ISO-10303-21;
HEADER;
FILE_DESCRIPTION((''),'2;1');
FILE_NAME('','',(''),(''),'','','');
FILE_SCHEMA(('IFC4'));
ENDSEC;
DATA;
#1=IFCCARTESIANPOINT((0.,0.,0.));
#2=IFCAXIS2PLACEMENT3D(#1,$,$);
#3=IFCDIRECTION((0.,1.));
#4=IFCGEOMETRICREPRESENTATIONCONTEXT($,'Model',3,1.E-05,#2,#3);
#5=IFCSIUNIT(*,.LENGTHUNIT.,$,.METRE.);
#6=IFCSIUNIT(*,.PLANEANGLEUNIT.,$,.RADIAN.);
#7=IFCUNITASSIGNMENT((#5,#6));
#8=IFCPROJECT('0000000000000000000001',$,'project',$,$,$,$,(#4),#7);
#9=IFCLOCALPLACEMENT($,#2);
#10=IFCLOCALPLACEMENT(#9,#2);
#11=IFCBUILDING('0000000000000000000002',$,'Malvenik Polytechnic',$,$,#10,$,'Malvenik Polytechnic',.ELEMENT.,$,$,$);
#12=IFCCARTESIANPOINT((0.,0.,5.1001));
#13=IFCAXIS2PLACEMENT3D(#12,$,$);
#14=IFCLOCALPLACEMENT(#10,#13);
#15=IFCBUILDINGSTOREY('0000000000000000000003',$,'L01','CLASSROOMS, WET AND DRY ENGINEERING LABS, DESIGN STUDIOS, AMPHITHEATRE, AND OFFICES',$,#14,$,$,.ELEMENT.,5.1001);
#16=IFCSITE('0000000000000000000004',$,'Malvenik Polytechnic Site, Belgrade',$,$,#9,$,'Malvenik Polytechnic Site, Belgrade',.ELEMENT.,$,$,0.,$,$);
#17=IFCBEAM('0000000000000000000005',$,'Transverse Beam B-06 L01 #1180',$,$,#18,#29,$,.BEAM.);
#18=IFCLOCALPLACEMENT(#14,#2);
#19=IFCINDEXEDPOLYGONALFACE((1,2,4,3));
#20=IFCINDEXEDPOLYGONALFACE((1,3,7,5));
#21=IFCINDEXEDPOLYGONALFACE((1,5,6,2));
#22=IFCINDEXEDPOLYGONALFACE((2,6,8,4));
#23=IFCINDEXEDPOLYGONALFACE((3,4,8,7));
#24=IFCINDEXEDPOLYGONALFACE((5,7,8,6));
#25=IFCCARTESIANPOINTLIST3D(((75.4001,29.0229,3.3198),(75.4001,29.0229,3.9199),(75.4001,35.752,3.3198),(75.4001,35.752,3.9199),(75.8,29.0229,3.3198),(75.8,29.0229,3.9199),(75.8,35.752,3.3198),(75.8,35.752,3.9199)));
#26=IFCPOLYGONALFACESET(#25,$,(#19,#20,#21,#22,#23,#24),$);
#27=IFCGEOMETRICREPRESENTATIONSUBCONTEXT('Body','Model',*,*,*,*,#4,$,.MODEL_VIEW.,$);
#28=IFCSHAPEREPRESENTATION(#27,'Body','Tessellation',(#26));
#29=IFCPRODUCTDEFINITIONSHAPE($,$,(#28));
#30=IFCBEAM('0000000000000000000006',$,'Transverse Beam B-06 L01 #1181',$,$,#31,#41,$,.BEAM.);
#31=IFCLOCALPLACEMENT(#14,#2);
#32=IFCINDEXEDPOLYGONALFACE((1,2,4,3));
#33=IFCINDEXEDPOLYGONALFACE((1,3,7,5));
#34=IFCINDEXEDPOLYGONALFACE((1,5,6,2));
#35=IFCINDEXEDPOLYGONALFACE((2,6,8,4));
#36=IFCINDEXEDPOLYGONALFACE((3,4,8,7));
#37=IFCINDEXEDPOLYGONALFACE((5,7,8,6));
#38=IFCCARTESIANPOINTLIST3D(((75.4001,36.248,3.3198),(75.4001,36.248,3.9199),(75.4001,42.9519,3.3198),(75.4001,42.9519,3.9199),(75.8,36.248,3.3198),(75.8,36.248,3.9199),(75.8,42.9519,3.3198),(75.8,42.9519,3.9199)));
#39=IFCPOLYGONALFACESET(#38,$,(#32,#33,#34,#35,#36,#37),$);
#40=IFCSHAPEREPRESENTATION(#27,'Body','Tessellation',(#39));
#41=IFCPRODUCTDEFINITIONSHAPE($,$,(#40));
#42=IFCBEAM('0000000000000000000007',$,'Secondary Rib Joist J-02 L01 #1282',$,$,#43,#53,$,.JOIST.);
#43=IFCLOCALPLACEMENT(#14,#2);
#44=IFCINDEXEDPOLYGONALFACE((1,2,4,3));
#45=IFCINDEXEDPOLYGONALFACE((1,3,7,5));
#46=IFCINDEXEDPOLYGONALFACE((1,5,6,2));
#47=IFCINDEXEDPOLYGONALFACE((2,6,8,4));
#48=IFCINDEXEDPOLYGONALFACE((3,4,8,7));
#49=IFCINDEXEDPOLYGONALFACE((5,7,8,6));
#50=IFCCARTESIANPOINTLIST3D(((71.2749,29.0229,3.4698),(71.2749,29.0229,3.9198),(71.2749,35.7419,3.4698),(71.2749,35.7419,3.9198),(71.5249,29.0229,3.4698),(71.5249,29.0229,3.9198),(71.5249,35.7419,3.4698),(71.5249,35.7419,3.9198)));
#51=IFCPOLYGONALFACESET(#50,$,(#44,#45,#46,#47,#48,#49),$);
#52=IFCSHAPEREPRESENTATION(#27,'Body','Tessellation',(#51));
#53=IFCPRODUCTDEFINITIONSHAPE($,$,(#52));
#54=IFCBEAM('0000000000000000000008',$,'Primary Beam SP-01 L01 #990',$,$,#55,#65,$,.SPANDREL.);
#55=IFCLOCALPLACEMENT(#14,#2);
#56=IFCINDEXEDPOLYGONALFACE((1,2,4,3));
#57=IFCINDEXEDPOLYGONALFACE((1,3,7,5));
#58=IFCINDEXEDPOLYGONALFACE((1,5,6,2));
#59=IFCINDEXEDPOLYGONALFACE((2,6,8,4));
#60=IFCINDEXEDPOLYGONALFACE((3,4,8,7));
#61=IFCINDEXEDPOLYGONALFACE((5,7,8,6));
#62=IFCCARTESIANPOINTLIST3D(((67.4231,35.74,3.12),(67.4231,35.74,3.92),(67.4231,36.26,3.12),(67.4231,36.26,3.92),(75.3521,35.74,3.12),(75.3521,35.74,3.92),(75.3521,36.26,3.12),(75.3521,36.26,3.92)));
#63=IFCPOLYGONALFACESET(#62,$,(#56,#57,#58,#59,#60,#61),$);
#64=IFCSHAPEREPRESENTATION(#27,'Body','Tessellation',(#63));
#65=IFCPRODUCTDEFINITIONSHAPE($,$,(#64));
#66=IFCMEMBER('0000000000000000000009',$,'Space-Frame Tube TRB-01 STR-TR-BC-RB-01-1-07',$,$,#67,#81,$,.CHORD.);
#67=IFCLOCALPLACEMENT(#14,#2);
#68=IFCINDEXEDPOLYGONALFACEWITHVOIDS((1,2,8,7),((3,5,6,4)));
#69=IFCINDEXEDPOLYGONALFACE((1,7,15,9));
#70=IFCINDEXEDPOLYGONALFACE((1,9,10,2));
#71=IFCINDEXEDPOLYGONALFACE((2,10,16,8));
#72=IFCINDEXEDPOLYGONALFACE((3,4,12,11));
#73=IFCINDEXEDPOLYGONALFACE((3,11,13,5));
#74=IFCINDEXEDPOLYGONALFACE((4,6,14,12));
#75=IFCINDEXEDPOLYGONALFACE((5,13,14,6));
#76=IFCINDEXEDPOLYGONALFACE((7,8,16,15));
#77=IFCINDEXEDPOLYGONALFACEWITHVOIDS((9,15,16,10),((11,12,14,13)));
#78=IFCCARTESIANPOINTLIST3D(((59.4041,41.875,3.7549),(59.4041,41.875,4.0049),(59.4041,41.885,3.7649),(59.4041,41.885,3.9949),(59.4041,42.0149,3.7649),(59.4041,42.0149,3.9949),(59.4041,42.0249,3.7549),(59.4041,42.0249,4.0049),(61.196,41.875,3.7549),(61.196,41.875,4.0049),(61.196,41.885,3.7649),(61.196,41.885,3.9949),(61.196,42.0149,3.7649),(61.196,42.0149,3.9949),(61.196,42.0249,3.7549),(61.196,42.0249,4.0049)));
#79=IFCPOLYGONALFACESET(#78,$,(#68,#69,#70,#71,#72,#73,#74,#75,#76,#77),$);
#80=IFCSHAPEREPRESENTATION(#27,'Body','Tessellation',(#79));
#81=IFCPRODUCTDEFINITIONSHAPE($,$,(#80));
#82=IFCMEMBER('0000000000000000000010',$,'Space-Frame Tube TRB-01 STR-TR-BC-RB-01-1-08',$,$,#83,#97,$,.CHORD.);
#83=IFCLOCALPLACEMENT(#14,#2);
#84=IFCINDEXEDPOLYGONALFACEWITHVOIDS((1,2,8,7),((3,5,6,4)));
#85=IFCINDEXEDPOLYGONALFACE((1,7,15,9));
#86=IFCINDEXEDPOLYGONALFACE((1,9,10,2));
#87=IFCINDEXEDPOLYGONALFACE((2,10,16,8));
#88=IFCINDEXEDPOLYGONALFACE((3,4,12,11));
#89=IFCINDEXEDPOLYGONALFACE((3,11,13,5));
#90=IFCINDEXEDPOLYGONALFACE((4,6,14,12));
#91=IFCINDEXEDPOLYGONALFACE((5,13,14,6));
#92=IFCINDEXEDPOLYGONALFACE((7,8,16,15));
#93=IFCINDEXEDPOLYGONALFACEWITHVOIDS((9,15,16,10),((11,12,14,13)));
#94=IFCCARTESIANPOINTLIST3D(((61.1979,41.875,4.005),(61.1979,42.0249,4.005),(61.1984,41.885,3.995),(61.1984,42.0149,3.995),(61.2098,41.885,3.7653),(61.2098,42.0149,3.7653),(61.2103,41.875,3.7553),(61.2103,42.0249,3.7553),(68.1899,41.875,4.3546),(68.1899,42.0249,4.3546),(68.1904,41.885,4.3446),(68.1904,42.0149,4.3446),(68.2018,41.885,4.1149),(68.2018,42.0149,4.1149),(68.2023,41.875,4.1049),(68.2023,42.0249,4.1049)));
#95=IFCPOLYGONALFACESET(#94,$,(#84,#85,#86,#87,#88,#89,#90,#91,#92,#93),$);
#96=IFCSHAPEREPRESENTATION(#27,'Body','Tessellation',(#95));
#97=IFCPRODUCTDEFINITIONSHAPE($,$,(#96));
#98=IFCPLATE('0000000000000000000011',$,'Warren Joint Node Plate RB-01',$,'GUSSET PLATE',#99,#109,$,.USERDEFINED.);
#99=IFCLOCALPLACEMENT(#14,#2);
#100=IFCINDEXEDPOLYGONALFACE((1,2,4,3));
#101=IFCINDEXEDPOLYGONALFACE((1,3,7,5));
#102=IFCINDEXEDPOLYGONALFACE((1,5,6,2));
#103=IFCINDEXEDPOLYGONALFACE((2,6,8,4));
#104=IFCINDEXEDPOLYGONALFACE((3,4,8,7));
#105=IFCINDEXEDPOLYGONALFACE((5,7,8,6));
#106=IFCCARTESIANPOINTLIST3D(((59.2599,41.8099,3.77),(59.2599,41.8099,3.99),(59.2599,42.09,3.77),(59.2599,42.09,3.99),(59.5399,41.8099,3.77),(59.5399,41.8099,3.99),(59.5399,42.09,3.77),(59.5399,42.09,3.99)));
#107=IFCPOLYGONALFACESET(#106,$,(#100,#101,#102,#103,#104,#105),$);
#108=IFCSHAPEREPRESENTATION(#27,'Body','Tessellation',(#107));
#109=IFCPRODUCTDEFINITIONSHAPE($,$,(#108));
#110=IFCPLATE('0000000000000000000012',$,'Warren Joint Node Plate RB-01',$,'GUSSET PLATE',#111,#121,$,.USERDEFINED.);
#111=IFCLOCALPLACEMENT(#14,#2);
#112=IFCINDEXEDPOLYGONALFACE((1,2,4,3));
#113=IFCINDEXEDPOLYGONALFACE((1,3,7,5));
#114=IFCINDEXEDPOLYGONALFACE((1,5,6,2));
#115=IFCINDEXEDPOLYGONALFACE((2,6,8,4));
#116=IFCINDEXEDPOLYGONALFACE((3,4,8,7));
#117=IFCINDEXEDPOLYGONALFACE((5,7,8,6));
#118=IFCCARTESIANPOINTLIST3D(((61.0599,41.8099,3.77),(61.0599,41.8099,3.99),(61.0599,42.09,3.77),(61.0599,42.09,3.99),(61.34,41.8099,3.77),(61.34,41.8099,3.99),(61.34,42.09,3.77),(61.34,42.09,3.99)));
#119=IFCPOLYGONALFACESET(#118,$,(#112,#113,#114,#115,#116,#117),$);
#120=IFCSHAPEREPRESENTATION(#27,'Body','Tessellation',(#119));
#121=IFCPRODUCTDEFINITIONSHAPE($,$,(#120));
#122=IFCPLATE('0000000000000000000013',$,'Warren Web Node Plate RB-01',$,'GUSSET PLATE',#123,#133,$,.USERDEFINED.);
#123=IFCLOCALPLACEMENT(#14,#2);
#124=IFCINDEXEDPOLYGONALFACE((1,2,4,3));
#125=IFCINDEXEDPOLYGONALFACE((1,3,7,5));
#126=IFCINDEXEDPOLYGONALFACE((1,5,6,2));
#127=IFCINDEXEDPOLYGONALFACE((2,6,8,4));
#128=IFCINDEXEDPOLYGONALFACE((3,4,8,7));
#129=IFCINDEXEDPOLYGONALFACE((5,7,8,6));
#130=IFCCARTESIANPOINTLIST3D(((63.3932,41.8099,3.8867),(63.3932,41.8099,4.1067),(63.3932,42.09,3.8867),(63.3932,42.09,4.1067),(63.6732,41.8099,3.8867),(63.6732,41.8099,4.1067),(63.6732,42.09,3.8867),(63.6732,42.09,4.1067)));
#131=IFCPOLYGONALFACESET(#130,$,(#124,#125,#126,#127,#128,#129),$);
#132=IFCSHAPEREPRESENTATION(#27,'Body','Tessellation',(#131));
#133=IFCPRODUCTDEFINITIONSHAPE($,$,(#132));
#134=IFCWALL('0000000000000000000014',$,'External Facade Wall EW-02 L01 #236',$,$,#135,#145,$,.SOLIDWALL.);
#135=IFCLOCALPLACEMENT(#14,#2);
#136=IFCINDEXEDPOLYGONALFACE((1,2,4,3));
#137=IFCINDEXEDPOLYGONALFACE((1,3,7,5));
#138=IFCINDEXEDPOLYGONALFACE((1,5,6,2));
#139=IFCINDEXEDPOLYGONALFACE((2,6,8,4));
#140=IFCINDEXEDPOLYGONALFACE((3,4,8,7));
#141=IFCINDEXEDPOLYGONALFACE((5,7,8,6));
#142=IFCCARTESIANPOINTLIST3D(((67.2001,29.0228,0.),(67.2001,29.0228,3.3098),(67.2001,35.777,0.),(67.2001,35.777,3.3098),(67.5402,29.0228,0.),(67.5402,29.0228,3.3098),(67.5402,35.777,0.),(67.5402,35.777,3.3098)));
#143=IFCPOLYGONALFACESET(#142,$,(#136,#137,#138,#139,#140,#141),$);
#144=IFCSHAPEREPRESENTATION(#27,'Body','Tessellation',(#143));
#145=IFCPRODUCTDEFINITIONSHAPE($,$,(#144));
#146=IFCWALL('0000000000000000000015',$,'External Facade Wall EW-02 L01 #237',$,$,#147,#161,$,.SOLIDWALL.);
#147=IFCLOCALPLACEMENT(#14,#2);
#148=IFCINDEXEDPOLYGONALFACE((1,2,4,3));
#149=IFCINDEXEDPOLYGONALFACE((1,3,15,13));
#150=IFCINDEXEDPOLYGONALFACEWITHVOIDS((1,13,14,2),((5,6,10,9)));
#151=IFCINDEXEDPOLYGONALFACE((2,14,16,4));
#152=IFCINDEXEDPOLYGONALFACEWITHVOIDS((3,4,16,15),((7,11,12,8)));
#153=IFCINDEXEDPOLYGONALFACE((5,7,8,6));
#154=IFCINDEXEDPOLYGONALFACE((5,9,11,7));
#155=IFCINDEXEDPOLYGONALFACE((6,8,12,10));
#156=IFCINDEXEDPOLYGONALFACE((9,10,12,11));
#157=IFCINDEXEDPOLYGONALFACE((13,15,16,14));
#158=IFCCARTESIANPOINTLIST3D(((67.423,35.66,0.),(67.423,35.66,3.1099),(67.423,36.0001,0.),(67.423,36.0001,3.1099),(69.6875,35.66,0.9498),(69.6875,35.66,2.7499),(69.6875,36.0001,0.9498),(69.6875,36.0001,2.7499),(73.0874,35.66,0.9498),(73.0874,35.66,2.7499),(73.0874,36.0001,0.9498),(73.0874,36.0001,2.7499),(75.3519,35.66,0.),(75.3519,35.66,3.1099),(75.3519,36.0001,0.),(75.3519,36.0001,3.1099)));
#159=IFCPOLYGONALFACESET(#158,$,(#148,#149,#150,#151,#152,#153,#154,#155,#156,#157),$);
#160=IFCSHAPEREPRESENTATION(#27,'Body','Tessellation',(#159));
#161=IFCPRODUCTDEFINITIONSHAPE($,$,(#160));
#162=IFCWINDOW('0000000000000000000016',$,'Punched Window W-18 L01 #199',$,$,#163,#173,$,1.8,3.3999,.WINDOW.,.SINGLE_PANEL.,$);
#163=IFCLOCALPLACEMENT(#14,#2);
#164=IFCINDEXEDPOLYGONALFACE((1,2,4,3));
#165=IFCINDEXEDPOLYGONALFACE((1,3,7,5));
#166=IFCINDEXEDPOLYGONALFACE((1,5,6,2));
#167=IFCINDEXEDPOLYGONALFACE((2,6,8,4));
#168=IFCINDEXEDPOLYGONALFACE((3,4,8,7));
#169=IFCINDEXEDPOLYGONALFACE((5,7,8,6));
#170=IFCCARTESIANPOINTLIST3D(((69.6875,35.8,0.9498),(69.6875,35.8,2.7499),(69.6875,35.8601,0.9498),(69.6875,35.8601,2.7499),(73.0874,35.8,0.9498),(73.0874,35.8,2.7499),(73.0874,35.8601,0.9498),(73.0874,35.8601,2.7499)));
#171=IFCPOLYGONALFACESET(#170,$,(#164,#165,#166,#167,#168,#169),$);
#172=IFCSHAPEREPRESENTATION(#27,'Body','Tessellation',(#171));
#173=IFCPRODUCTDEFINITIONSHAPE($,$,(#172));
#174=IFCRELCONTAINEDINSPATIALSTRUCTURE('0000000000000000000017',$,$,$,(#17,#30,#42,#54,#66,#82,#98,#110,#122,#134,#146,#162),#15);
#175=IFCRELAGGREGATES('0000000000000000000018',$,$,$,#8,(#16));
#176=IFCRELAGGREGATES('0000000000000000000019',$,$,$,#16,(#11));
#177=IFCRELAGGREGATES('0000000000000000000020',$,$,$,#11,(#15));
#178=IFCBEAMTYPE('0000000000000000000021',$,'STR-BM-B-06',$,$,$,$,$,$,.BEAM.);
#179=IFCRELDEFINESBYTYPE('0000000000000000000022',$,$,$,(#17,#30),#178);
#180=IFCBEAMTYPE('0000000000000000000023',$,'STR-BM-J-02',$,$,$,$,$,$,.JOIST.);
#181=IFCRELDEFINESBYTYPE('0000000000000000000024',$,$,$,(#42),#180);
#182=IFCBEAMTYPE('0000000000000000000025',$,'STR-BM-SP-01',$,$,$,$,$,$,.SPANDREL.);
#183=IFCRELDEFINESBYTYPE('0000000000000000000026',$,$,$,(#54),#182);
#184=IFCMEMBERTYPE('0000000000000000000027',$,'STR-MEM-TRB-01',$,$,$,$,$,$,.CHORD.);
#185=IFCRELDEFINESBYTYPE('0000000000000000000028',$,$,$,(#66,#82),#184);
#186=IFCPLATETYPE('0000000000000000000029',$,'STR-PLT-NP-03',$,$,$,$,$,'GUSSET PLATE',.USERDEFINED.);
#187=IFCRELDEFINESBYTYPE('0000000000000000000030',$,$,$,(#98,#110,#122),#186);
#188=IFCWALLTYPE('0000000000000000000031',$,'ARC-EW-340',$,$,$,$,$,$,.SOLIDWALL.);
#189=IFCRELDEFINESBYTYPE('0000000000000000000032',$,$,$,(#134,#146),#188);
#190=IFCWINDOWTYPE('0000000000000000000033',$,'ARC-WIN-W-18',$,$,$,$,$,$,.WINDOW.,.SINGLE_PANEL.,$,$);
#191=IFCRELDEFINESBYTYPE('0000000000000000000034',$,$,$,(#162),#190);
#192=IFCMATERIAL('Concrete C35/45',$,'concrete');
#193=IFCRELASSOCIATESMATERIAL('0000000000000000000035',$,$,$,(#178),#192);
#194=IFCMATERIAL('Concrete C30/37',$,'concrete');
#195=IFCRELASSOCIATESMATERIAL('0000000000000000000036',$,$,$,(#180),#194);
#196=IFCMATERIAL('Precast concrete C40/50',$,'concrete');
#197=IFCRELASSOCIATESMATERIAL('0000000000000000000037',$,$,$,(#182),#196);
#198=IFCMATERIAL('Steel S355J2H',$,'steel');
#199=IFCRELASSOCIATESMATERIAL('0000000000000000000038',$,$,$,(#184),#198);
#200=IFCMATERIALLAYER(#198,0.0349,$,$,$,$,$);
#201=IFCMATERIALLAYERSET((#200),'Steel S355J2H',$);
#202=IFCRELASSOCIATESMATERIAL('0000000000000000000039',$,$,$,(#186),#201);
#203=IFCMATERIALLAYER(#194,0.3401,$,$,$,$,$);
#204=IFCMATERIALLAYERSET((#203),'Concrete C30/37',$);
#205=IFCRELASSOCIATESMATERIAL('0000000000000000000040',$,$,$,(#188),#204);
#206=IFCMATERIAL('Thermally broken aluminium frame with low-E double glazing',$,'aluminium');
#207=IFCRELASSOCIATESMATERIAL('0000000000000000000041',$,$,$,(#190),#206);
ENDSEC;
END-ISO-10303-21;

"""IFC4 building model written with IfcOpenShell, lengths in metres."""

from ifc_helpers import new_model, si_unit, direction, frame, frame_2d, origin, origin_2d, place, context, subcontext, project, spatial, rectangle, hollow_rectangle, extrude, material, layer, layer_set, material_profile, profile_set, type_object, element, fill, save


model = new_model("IFC4")

# Units and contexts
model_context = context("Model", 3, precision=1e-05, world=origin(), true_north=direction((0.0, 1.0)))
body_context = subcontext(model_context, "Body", "Model", "MODEL_VIEW")
ifc_project = project(units=[si_unit("LENGTHUNIT", "METRE"), si_unit("PLANEANGLEUNIT", "RADIAN")], contexts=[model_context])

# Site, building, storey
site_placement = place(None, origin())
site = spatial("IfcSite", under=ifc_project, at=site_placement, Name="Malvenik Polytechnic Site, Belgrade", LongName="Malvenik Polytechnic Site, Belgrade", CompositionType="ELEMENT", RefElevation=0.0)
building_placement = place(site_placement, origin())
building = spatial("IfcBuilding", under=site, at=building_placement, Name="Malvenik Polytechnic", LongName="Malvenik Polytechnic", CompositionType="ELEMENT")
storey_placement = place(building_placement, frame((0.0, 0.0, 5.1001)))
storey = spatial("IfcBuildingStorey", under=building, at=storey_placement, Name="L01", Description="CLASSROOMS, WET AND DRY ENGINEERING LABS, DESIGN STUDIOS, AMPHITHEATRE, AND OFFICES", CompositionType="ELEMENT", Elevation=5.1001)

# Shared definitions
ifc_material_1 = material(Name="Concrete C35/45", Category="concrete")
ifc_material_2 = material(Name="Steel S355J2H", Category="steel")

# Beams
ifc_material_profile_1 = material_profile(ifc_material_1, rectangle(XDim=0.3999, YDim=0.6001, at=origin_2d()), Name="RC BM 400x600")
ifc_profile_set_1 = profile_set([ifc_material_profile_1], Name="Concrete C35/45")
beam_type_1 = type_object("IfcBeamType", Name="STR-BM-B-06", PredefinedType="BEAM", material=ifc_profile_set_1)
beam_1_placement = place(storey_placement, frame((75.6001, 29.0229, 3.6199), z_axis=(0.0, 1.0, 0.0), x_axis=(-1.0, 0.0, 0.0)))
element("IfcBeam", 1, at=beam_1_placement, inside=storey, type_object=beam_type_1, Name="Transverse Beam B-06 L01 #1180", PredefinedType="BEAM", context=body_context, shape_type="SweptSolid", body=[
    extrude(rectangle(XDim=0.3999, YDim=0.6001, at=origin_2d()), origin(), (0.0, 0.0, 1.0), 6.729),
])
beam_2_placement = place(storey_placement, frame((75.6001, 36.248, 3.6199), z_axis=(0.0, 1.0, 0.0), x_axis=(-1.0, 0.0, 0.0)))
element("IfcBeam", 2, at=beam_2_placement, inside=storey, type_object=beam_type_1, Name="Transverse Beam B-06 L01 #1181", PredefinedType="BEAM", context=body_context, shape_type="SweptSolid", body=[
    extrude(rectangle(XDim=0.3999, YDim=0.6001, at=origin_2d()), origin(), (0.0, 0.0, 1.0), 6.7039),
])
ifc_material_3 = material(Name="Concrete C30/37", Category="concrete")
ifc_material_profile_2 = material_profile(ifc_material_3, rectangle(XDim=0.25, YDim=0.45, at=origin_2d()), Name="RC JST 250x450")
ifc_profile_set_2 = profile_set([ifc_material_profile_2], Name="Concrete C30/37")
beam_type_2 = type_object("IfcBeamType", Name="STR-BM-J-02", PredefinedType="JOIST", material=ifc_profile_set_2)
beam_3_placement = place(storey_placement, frame((71.3999, 29.0229, 3.6948), z_axis=(0.0, 1.0, 0.0), x_axis=(-1.0, 0.0, 0.0)))
element("IfcBeam", 3, at=beam_3_placement, inside=storey, type_object=beam_type_2, Name="Secondary Rib Joist J-02 L01 #1282", PredefinedType="JOIST", context=body_context, shape_type="SweptSolid", body=[
    extrude(rectangle(XDim=0.25, YDim=0.45, at=origin_2d()), origin(), (0.0, 0.0, 1.0), 6.719),
])
ifc_material_4 = material(Name="Precast concrete C40/50", Category="concrete")
ifc_material_profile_3 = material_profile(ifc_material_4, rectangle(XDim=0.52, YDim=0.8, at=origin_2d()), Name="PC SPN 520x800")
ifc_profile_set_3 = profile_set([ifc_material_profile_3], Name="Precast concrete C40/50")
beam_type_3 = type_object("IfcBeamType", Name="STR-BM-SP-01", PredefinedType="SPANDREL", material=ifc_profile_set_3)
beam_4_placement = place(storey_placement, frame((67.4231, 36.0, 3.52), z_axis=(1.0, 0.0, 0.0), x_axis=(0.0, 1.0, 0.0)))
element("IfcBeam", 4, at=beam_4_placement, inside=storey, type_object=beam_type_3, Name="Primary Beam SP-01 L01 #990", PredefinedType="SPANDREL", context=body_context, shape_type="SweptSolid", body=[
    extrude(rectangle(XDim=0.52, YDim=0.8, at=origin_2d()), origin(), (0.0, 0.0, 1.0), 7.929),
])

# Members
ifc_material_profile_4 = material_profile(ifc_material_2, hollow_rectangle(XDim=0.1499, YDim=0.25, WallThickness=0.01, at=origin_2d()), Name="RHS 250x150x10.0")
ifc_profile_set_4 = profile_set([ifc_material_profile_4], Name="Steel S355J2H")
member_type = type_object("IfcMemberType", Name="STR-MEM-TRB-01", PredefinedType="CHORD", material=ifc_profile_set_4)
member_1_placement = place(storey_placement, frame((59.4041, 41.95, 3.8799), z_axis=(1.0, 0.0, 0.0), x_axis=(0.0, 1.0, 0.0)))
element("IfcMember", 5, at=member_1_placement, inside=storey, type_object=member_type, Name="Space-Frame Tube TRB-01 STR-TR-BC-RB-01-1-07", PredefinedType="CHORD", context=body_context, shape_type="SweptSolid", body=[
    extrude(hollow_rectangle(XDim=0.1499, YDim=0.25, WallThickness=0.01, at=origin_2d()), origin(), (0.0, 0.0, 1.0), 1.792),
])
member_2_placement = place(storey_placement, frame((61.2041, 41.95, 3.8801), z_axis=(0.998752, 0.0, 0.049939), x_axis=(0.0, 1.0, 0.0)))
element("IfcMember", 6, at=member_2_placement, inside=storey, type_object=member_type, Name="Space-Frame Tube TRB-01 STR-TR-BC-RB-01-1-08", PredefinedType="CHORD", context=body_context, shape_type="SweptSolid", body=[
    extrude(hollow_rectangle(XDim=0.1499, YDim=0.25, WallThickness=0.01, at=origin_2d()), origin(), (0.0, 0.0, 1.0), 7.0007),
])

# Plates
ifc_layer_1 = layer(ifc_material_2, 0.0349)
ifc_layer_set_1 = layer_set([ifc_layer_1], Name="Steel S355J2H")
plate_type = type_object("IfcPlateType", Name="STR-PLT-NP-03", ElementType="GUSSET PLATE", PredefinedType="USERDEFINED", material=ifc_layer_set_1)
for number, where, z_axis, x_axis, name in (
    (7, (59.3999, 41.95, 3.77), (0.0, 0.0, 1.0), (1.0, 0.0, 0.0), "Warren Joint Node Plate RB-01"),
    (8, (61.2, 41.95, 3.77), (0.0, 0.0, 1.0), (1.0, 0.0, 0.0), "Warren Joint Node Plate RB-01"),
    (9, (63.5332, 41.95, 3.8867), (0.0, 0.0, 1.0), (1.0, 0.0, 0.0), "Warren Web Node Plate RB-01"),
):
    element("IfcPlate", number, at=place(storey_placement, frame(where, z_axis=z_axis, x_axis=x_axis)), inside=storey, type_object=plate_type, Name=name, ObjectType="GUSSET PLATE", PredefinedType="USERDEFINED", context=body_context, shape_type="SweptSolid", body=[
        extrude(rectangle(XDim=0.28, YDim=0.28, at=origin_2d()), origin(), (0.0, 0.0, 1.0), 0.22),
    ])

# Wall
ifc_layer_2 = layer(ifc_material_3, 0.3401)
ifc_layer_set_2 = layer_set([ifc_layer_2], Name="Concrete C30/37")
wall_type_1 = type_object("IfcWallType", Name="ARC-EW-340", PredefinedType="SOLIDWALL", material=ifc_layer_set_2)
wall_1_placement = place(storey_placement, frame((67.3701, 29.0229, 0.0), z_axis=(0.0, 0.0, 1.0), x_axis=(0.0, 1.0, 0.0)))
element("IfcWall", 10, at=wall_1_placement, inside=storey, type_object=wall_type_1, Name="External Facade Wall EW-02 L01 #236", PredefinedType="SOLIDWALL", context=body_context, shape_type="SweptSolid", body=[
    extrude(rectangle(XDim=6.7542, YDim=0.3401, at=frame_2d((3.377, 0.0))), origin(), (0.0, 0.0, 1.0), 3.3098),
])

# Wall, opening, window
wall_2_placement = place(storey_placement, frame((67.4231, 35.8301, 0.0), z_axis=(0.0, 0.0, 1.0), x_axis=(1.0, 0.0, 0.0)))
wall_2 = element("IfcWall", 11, at=wall_2_placement, inside=storey, type_object=wall_type_1, Name="External Facade Wall EW-02 L01 #237", PredefinedType="SOLIDWALL", context=body_context, shape_type="SweptSolid", body=[
    extrude(rectangle(XDim=7.929, YDim=0.3401, at=frame_2d((3.9644, 0.0))), origin(), (0.0, 0.0, 1.0), 3.1099),
])
opening_1_placement = place(wall_2_placement, frame((2.2644, 0.0, 0.95)))
opening_1 = element("IfcOpeningElement", 12, at=opening_1_placement, cuts=wall_2, PredefinedType="OPENING", context=body_context, shape_type="SweptSolid", body=[
    extrude(rectangle(XDim=3.3999, YDim=1.8, at=frame_2d((1.7, 0.8999))), frame((0.0, 0.1802, 0.0), z_axis=(0.0, -1.0, 0.0), x_axis=(1.0, 0.0, 0.0)), (0.0, 0.0, 1.0), 0.3601),
])
ifc_material_5 = material(Name="Thermally broken aluminium frame with low-E double glazing", Category="aluminium")
window_type = type_object("IfcWindowType", Name="ARC-WIN-W-18", PartitioningType="SINGLE_PANEL", PredefinedType="WINDOW", material=ifc_material_5)
window_placement = place(opening_1_placement, origin())
window = element("IfcWindow", 13, at=window_placement, inside=storey, type_object=window_type, Name="Punched Window W-18 L01 #199", OverallHeight=1.8, OverallWidth=3.3999, PartitioningType="SINGLE_PANEL", PredefinedType="WINDOW", context=body_context, shape_type="SweptSolid", body=[
    extrude(rectangle(XDim=3.3999, YDim=1.8, at=frame_2d((1.7, 0.8999))), frame((0.0, 0.03, 0.0), z_axis=(0.0, -1.0, 0.0), x_axis=(1.0, 0.0, 0.0)), (0.0, 0.0, 1.0), 0.0601),
])
fill(opening_1, window)

save(model, "model.ifc")
